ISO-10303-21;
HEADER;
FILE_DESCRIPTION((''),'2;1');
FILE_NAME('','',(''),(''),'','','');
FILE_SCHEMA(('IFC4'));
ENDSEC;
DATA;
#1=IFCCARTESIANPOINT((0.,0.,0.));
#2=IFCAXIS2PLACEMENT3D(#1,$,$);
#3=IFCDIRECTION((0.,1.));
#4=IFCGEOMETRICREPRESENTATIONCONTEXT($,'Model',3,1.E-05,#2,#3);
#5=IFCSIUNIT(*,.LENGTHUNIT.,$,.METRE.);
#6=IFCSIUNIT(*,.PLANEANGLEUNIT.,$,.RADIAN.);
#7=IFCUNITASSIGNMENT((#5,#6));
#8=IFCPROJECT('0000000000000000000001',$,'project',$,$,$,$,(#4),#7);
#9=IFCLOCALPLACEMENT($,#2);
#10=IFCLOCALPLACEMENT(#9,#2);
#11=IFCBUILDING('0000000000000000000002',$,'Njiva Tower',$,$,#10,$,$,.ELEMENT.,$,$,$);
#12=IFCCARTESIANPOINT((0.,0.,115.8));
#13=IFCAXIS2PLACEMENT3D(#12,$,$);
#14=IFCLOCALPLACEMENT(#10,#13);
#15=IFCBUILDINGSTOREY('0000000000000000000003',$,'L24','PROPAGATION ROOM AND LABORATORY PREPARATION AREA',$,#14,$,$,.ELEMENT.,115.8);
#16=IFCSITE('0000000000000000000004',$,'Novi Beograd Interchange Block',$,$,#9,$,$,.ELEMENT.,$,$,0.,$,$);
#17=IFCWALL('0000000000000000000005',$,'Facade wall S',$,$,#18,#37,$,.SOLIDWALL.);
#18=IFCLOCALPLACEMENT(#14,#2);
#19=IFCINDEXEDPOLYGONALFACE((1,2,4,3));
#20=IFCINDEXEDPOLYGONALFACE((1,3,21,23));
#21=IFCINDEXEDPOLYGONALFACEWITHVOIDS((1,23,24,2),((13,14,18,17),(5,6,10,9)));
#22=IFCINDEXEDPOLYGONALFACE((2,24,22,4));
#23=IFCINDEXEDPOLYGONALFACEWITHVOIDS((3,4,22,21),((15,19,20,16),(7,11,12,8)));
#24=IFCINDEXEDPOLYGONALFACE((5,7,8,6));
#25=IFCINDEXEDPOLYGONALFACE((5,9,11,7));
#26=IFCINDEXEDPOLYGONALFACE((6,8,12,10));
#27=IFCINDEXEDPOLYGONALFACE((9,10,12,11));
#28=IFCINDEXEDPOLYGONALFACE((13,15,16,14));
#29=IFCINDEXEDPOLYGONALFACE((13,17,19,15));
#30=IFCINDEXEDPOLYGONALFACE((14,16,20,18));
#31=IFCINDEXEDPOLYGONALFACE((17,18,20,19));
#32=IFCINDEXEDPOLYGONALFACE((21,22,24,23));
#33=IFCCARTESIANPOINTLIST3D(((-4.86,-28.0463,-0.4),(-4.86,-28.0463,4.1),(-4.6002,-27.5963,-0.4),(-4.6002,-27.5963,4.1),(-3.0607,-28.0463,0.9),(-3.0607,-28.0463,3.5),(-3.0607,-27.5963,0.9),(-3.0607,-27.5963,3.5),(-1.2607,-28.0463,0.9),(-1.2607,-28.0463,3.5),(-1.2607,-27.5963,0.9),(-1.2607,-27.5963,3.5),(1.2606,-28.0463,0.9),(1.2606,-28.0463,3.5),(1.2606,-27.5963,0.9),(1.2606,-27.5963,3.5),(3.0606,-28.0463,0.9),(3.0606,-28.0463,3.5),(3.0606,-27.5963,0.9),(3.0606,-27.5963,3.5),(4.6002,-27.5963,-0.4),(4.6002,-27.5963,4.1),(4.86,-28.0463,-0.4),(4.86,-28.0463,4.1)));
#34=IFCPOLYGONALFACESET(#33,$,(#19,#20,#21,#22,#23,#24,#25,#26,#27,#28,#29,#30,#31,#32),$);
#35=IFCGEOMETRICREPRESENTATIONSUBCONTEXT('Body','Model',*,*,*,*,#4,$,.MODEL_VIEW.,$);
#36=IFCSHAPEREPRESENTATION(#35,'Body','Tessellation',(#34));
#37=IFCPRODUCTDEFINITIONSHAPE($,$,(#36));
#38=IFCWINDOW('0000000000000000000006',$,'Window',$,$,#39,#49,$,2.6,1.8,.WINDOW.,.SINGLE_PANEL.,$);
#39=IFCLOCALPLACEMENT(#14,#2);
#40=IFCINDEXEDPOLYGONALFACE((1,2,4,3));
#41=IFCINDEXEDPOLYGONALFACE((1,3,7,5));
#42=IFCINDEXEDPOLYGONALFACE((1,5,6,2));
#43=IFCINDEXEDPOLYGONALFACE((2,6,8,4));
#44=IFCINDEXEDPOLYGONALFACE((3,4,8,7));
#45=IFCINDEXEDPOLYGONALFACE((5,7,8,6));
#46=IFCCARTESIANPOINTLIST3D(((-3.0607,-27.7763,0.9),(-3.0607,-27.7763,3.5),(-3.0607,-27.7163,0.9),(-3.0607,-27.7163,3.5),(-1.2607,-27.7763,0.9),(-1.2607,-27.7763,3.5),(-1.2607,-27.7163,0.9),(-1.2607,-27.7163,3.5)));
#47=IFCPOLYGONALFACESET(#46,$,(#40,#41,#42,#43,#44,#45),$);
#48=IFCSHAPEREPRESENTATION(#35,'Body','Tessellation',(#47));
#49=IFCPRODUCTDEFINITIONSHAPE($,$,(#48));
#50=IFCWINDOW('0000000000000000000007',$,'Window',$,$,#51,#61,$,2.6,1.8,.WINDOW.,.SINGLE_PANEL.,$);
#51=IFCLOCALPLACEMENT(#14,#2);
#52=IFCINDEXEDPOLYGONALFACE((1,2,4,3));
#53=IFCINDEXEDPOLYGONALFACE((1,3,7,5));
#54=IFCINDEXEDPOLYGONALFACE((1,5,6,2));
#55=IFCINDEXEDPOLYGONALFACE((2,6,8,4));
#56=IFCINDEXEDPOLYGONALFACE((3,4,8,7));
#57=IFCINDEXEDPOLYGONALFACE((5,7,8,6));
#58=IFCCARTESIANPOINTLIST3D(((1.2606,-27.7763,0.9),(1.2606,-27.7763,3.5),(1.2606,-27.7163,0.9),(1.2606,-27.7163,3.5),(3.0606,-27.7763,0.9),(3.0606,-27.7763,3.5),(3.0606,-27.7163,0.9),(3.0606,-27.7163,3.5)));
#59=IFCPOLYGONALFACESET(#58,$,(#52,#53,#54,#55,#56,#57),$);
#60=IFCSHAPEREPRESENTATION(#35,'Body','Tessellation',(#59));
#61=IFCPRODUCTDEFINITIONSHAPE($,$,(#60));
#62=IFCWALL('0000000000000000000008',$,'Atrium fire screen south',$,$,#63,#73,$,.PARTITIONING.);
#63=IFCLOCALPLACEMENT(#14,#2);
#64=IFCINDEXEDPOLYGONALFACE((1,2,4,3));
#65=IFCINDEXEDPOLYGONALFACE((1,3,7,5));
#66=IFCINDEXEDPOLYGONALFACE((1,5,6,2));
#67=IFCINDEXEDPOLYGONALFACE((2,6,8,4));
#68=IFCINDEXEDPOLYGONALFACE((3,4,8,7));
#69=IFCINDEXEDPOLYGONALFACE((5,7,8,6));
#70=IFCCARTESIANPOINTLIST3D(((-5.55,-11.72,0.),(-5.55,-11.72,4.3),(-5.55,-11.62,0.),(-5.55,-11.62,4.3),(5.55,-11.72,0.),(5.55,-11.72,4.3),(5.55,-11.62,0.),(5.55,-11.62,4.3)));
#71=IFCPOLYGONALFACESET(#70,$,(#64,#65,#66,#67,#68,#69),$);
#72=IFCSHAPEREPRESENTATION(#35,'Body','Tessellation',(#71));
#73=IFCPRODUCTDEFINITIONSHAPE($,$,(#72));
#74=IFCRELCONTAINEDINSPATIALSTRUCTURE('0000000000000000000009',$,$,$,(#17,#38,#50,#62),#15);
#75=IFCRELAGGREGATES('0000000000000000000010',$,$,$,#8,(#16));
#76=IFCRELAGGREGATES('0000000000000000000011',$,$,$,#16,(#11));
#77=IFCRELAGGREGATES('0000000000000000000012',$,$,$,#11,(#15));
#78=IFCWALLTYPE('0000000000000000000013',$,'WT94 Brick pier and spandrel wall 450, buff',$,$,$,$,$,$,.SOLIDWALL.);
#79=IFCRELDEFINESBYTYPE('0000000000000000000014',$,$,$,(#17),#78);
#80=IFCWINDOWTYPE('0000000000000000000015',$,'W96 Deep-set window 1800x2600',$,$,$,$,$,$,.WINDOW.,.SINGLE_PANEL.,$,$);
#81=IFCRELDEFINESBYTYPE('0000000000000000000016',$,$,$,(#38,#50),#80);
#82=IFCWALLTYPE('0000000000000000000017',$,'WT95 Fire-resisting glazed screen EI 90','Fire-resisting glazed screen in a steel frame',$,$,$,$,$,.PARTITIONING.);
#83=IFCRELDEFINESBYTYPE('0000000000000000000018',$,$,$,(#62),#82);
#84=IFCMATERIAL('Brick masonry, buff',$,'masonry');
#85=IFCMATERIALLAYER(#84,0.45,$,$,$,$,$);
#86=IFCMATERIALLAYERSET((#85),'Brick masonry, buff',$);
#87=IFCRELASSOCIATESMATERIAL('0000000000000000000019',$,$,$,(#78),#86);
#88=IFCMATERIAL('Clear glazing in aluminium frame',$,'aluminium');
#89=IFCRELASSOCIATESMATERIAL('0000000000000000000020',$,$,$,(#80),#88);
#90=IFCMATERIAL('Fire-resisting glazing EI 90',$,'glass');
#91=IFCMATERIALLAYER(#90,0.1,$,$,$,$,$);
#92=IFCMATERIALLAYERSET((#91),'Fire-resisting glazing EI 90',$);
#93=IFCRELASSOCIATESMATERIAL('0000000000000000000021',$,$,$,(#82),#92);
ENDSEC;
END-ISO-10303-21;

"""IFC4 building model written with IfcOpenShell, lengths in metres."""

from ifc_helpers import new_model, si_unit, direction, frame, frame_2d, origin, place, context, subcontext, project, spatial, polyline, rectangle, outline, extrude, material, layer, layer_set, type_object, element, fill, save


model = new_model("IFC4")

# Units and contexts
model_context = context("Model", 3, precision=1e-05, world=origin(), true_north=direction((0.0, 1.0)))
body_context = subcontext(model_context, "Body", "Model", "MODEL_VIEW")
ifc_project = project(units=[si_unit("LENGTHUNIT", "METRE"), si_unit("PLANEANGLEUNIT", "RADIAN")], contexts=[model_context])

# Site, building, storey
site_placement = place(None, origin())
site = spatial("IfcSite", under=ifc_project, at=site_placement, Name="Novi Beograd Interchange Block", CompositionType="ELEMENT", RefElevation=0.0)
building_placement = place(site_placement, origin())
building = spatial("IfcBuilding", under=site, at=building_placement, Name="Njiva Tower", CompositionType="ELEMENT")
storey_placement = place(building_placement, frame((0.0, 0.0, 115.8)))
storey = spatial("IfcBuildingStorey", under=building, at=storey_placement, Name="L24", Description="PROPAGATION ROOM AND LABORATORY PREPARATION AREA", CompositionType="ELEMENT", Elevation=115.8)

# Wall, openings, windows
ifc_material_1 = material(Name="Brick masonry, buff", Category="masonry")
ifc_layer_1 = layer(ifc_material_1, 0.45)
ifc_layer_set_1 = layer_set([ifc_layer_1], Name="Brick masonry, buff")
wall_type_1 = type_object("IfcWallType", Name="WT94 Brick pier and spandrel wall 450, buff", PredefinedType="SOLIDWALL", material=ifc_layer_set_1)
wall_1_placement = place(storey_placement, frame((-4.7301, -27.8213, -0.4), z_axis=(0.0, 0.0, 1.0), x_axis=(1.0, 0.0, 0.0)))
wall_1 = element("IfcWall", 1, at=wall_1_placement, inside=storey, type_object=wall_type_1, Name="Facade wall S", PredefinedType="SOLIDWALL", context=body_context, shape_type="SweptSolid", body=[
    extrude(outline(polyline([(-0.1299, -0.225), (9.5901, -0.225), (9.3303, 0.225), (0.1299, 0.225), (-0.1299, -0.225)])), origin(), (0.0, 0.0, 1.0), 4.5),
])
opening_1_placement = place(wall_1_placement, frame((1.6694, 0.0, 1.3)))
opening_1 = element("IfcOpeningElement", 2, at=opening_1_placement, cuts=wall_1, PredefinedType="OPENING", context=body_context, shape_type="SweptSolid", body=[
    extrude(rectangle(XDim=1.8, YDim=2.6, at=frame_2d((0.9, 1.3))), frame((0.0, 0.235, 0.0), z_axis=(0.0, -1.0, 0.0), x_axis=(1.0, 0.0, 0.0)), (0.0, 0.0, 1.0), 0.47),
])
opening_2_placement = place(wall_1_placement, frame((5.9907, 0.0, 1.3)))
opening_2 = element("IfcOpeningElement", 3, at=opening_2_placement, cuts=wall_1, PredefinedType="OPENING", context=body_context, shape_type="SweptSolid", body=[
    extrude(rectangle(XDim=1.8, YDim=2.6, at=frame_2d((0.9, 1.3))), frame((0.0, 0.235, 0.0), z_axis=(0.0, -1.0, 0.0), x_axis=(1.0, 0.0, 0.0)), (0.0, 0.0, 1.0), 0.47),
])
ifc_material_2 = material(Name="Clear glazing in aluminium frame", Category="aluminium")
window_type = type_object("IfcWindowType", Name="W96 Deep-set window 1800x2600", PartitioningType="SINGLE_PANEL", PredefinedType="WINDOW", material=ifc_material_2)
window_1_placement = place(opening_1_placement, origin())
window_1 = element("IfcWindow", 4, at=window_1_placement, inside=storey, type_object=window_type, Name="Window", OverallHeight=2.6, OverallWidth=1.8, PartitioningType="SINGLE_PANEL", PredefinedType="WINDOW", context=body_context, shape_type="SweptSolid", body=[
    extrude(rectangle(XDim=1.8, YDim=2.6, at=frame_2d((0.9, 1.3))), frame((0.0, 0.105, 0.0), z_axis=(0.0, -1.0, 0.0), x_axis=(1.0, 0.0, 0.0)), (0.0, 0.0, 1.0), 0.06),
])
fill(opening_1, window_1)
window_2_placement = place(opening_2_placement, origin())
window_2 = element("IfcWindow", 5, at=window_2_placement, inside=storey, type_object=window_type, Name="Window", OverallHeight=2.6, OverallWidth=1.8, PartitioningType="SINGLE_PANEL", PredefinedType="WINDOW", context=body_context, shape_type="SweptSolid", body=[
    extrude(rectangle(XDim=1.8, YDim=2.6, at=frame_2d((0.9, 1.3))), frame((0.0, 0.105, 0.0), z_axis=(0.0, -1.0, 0.0), x_axis=(1.0, 0.0, 0.0)), (0.0, 0.0, 1.0), 0.06),
])
fill(opening_2, window_2)

# Wall
ifc_material_3 = material(Name="Fire-resisting glazing EI 90", Category="glass")
ifc_layer_2 = layer(ifc_material_3, 0.1)
ifc_layer_set_2 = layer_set([ifc_layer_2], Name="Fire-resisting glazing EI 90")
wall_type_2 = type_object("IfcWallType", Name="WT95 Fire-resisting glazed screen EI 90", Description="Fire-resisting glazed screen in a steel frame", PredefinedType="PARTITIONING", material=ifc_layer_set_2)
wall_2_placement = place(storey_placement, frame((-5.55, -11.67, 0.0), z_axis=(0.0, 0.0, 1.0), x_axis=(1.0, 0.0, 0.0)))
element("IfcWall", 6, at=wall_2_placement, inside=storey, type_object=wall_type_2, Name="Atrium fire screen south", PredefinedType="PARTITIONING", context=body_context, shape_type="SweptSolid", body=[
    extrude(rectangle(XDim=11.1, YDim=0.1, at=frame_2d((5.55, 0.0))), origin(), (0.0, 0.0, 1.0), 4.3),
])

save(model, "model.ifc")
